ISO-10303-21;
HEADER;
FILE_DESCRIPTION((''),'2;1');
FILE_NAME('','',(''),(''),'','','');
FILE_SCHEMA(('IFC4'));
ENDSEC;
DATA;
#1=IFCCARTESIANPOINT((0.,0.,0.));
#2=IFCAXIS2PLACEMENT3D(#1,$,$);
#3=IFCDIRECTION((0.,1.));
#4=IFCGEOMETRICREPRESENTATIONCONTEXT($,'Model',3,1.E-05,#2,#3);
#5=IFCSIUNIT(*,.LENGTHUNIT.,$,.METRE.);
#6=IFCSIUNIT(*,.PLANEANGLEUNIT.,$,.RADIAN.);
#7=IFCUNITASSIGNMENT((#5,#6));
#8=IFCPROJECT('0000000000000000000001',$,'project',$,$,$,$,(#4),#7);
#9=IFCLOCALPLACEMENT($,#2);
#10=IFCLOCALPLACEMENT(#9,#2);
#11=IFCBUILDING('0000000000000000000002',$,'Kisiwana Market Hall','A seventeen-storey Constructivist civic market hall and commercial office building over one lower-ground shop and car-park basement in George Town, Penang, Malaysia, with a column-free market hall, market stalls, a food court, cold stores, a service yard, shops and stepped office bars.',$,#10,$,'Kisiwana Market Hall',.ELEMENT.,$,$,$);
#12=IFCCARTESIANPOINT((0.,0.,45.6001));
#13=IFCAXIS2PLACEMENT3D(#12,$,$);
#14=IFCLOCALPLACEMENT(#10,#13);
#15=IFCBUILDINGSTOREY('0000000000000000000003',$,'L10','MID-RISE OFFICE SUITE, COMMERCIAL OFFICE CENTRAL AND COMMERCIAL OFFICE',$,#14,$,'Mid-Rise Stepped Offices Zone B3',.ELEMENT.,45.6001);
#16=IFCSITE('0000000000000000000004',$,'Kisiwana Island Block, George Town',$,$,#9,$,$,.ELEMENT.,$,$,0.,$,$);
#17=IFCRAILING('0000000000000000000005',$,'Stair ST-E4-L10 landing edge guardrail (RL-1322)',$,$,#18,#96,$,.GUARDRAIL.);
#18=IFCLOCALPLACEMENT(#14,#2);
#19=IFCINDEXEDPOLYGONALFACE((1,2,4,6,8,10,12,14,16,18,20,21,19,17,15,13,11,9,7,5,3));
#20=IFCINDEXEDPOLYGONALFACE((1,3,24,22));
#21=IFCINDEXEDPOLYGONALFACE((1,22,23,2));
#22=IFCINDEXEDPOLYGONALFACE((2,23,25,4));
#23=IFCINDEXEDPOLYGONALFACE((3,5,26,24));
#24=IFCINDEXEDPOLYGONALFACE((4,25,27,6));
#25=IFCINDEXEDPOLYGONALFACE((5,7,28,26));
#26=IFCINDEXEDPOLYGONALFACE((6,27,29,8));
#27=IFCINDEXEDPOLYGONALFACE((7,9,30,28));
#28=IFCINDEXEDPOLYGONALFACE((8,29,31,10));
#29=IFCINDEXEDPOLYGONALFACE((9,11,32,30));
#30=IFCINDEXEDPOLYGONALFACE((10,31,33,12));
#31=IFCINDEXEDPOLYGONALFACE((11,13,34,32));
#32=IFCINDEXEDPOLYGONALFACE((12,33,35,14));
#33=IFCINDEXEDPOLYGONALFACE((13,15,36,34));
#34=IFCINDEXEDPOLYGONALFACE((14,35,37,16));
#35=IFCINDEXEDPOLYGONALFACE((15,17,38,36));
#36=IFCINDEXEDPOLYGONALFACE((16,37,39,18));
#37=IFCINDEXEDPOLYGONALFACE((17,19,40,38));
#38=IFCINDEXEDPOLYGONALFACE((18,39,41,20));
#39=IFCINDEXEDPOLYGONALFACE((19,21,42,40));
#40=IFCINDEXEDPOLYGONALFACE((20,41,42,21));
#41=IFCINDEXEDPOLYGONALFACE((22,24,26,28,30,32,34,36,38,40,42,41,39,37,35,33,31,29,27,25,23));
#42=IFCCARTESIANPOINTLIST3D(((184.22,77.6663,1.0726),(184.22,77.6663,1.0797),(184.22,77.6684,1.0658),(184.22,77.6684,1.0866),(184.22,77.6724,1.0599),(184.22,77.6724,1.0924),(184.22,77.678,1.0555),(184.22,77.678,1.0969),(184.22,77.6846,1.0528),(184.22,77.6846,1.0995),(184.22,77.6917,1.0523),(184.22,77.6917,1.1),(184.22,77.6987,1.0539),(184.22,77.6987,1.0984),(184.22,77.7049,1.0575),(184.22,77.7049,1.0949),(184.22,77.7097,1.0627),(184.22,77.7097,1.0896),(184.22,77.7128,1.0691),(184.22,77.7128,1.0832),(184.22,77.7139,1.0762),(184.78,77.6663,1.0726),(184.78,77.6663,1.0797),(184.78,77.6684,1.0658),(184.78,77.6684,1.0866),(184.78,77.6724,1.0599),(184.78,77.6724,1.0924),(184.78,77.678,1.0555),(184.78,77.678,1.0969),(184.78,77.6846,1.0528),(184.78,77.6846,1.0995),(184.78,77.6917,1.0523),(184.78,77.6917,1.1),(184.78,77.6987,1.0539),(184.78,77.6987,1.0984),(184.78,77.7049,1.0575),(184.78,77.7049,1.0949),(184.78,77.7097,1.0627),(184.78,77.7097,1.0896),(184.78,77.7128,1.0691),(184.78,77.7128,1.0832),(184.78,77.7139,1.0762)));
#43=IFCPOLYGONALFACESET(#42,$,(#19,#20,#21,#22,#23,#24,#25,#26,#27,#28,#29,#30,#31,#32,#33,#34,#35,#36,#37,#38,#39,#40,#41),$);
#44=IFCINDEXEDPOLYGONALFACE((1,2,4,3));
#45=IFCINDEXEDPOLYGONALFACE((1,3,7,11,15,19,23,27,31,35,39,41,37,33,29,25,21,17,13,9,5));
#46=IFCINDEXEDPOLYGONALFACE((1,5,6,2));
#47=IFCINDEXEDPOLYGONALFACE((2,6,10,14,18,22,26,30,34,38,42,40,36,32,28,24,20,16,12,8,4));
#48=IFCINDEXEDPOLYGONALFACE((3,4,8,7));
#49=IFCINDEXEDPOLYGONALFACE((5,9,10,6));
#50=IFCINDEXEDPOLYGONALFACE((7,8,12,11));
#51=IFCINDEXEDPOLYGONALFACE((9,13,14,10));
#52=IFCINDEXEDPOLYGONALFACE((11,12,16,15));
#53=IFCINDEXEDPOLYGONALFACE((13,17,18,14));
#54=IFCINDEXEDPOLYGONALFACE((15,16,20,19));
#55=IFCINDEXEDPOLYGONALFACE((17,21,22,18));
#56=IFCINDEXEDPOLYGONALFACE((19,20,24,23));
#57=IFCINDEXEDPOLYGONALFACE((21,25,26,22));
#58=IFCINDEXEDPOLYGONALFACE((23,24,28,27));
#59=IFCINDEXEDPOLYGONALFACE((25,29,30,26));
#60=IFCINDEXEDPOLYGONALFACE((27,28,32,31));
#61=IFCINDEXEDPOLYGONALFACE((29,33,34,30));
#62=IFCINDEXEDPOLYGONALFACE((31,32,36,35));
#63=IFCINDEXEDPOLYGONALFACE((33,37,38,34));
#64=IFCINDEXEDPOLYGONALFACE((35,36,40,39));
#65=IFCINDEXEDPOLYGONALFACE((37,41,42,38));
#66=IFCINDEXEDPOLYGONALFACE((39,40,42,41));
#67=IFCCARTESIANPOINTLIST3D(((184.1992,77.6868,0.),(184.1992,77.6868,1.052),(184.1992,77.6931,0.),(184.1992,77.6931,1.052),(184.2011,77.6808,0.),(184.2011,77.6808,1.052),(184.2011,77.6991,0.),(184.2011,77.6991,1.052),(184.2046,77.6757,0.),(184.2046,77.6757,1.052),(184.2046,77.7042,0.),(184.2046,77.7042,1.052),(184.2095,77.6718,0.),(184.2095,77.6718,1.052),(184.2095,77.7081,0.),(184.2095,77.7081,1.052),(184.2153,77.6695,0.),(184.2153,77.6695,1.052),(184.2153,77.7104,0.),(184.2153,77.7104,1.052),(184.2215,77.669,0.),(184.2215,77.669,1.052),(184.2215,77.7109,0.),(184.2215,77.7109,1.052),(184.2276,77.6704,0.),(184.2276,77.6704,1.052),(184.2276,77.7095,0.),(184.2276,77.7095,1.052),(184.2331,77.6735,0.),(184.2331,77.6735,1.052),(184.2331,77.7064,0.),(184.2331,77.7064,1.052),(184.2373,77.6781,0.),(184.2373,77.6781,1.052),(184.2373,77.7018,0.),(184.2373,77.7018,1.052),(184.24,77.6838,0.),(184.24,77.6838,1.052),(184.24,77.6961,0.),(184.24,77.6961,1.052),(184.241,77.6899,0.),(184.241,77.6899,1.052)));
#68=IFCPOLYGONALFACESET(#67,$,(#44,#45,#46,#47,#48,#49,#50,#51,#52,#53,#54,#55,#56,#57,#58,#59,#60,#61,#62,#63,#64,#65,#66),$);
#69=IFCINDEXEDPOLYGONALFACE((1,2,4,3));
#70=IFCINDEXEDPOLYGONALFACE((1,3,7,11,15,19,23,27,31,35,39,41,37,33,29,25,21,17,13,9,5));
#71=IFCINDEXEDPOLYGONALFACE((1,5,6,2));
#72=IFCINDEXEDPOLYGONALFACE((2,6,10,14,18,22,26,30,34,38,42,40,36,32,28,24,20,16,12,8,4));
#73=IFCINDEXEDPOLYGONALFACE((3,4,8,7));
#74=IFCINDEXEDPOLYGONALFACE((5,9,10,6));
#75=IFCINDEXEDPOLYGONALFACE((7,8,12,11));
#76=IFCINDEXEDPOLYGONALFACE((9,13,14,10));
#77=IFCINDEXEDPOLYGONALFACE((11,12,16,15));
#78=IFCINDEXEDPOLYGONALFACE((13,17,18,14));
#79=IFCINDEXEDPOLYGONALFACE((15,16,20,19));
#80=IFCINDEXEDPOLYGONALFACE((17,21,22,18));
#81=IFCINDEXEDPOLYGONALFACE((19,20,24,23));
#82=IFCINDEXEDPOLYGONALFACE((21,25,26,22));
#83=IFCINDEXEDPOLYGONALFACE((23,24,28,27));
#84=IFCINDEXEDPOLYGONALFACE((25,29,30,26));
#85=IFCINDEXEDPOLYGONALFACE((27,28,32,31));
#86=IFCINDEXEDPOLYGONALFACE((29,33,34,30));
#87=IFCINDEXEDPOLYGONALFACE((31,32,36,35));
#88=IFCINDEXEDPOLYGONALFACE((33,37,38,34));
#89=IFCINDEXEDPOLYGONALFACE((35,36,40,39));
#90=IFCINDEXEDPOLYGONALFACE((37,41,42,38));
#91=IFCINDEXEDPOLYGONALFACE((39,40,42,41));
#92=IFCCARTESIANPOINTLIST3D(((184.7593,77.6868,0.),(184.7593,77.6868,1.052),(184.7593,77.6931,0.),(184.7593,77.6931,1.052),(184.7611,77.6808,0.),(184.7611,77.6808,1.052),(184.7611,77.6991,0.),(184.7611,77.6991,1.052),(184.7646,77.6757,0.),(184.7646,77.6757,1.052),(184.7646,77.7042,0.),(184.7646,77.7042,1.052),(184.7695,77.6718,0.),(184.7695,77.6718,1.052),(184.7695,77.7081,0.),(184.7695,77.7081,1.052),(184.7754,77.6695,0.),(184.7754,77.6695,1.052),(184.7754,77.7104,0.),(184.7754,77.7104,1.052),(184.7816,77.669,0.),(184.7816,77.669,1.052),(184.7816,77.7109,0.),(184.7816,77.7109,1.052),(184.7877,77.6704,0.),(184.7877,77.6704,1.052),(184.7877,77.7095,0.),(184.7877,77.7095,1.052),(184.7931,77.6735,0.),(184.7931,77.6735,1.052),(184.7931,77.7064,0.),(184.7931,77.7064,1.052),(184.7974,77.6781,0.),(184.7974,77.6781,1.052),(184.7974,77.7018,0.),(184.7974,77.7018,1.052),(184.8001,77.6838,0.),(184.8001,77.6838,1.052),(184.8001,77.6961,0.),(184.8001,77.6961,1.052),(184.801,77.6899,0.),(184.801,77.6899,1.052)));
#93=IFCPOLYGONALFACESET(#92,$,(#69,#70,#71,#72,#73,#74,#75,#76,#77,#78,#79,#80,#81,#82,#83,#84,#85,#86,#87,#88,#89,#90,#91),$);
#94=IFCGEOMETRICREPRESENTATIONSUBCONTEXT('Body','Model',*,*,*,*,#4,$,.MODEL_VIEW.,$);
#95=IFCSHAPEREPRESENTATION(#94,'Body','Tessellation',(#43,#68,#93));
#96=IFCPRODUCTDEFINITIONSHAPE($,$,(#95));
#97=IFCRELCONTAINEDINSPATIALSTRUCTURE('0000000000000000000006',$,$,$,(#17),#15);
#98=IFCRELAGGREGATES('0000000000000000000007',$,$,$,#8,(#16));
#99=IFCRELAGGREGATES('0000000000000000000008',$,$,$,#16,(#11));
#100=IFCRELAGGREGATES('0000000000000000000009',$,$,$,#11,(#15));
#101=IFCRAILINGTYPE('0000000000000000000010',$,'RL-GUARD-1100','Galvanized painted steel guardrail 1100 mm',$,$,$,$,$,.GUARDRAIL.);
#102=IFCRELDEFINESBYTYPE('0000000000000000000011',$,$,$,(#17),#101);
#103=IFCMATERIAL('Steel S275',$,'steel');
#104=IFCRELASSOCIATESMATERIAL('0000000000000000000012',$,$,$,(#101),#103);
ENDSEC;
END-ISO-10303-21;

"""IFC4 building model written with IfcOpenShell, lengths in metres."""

from ifc_helpers import new_model, si_unit, direction, frame, origin, origin_2d, place, context, subcontext, project, spatial, circle, extrude, material, type_object, element, save


model = new_model("IFC4")

# Units and contexts
model_context = context("Model", 3, precision=1e-05, world=origin(), true_north=direction((0.0, 1.0)))
body_context = subcontext(model_context, "Body", "Model", "MODEL_VIEW")
ifc_project = project(units=[si_unit("LENGTHUNIT", "METRE"), si_unit("PLANEANGLEUNIT", "RADIAN")], contexts=[model_context])

# Site, building, storey
site_placement = place(None, origin())
site = spatial("IfcSite", under=ifc_project, at=site_placement, Name="Kisiwana Island Block, George Town", CompositionType="ELEMENT", RefElevation=0.0)
building_placement = place(site_placement, origin())
building = spatial("IfcBuilding", under=site, at=building_placement, Name="Kisiwana Market Hall", Description="A seventeen-storey Constructivist civic market hall and commercial office building over one lower-ground shop and car-park basement in George Town, Penang, Malaysia, with a column-free market hall, market stalls, a food court, cold stores, a service yard, shops and stepped office bars.", LongName="Kisiwana Market Hall", CompositionType="ELEMENT")
storey_placement = place(building_placement, frame((0.0, 0.0, 45.6001)))
storey = spatial("IfcBuildingStorey", under=building, at=storey_placement, Name="L10", Description="MID-RISE OFFICE SUITE, COMMERCIAL OFFICE CENTRAL AND COMMERCIAL OFFICE", LongName="Mid-Rise Stepped Offices Zone B3", CompositionType="ELEMENT", Elevation=45.6001)

# Railing
ifc_material_1 = material(Name="Steel S275", Category="steel")
railing_type_1 = type_object("IfcRailingType", Name="RL-GUARD-1100", Description="Galvanized painted steel guardrail 1100 mm", PredefinedType="GUARDRAIL", material=ifc_material_1)
railing_1_placement = place(storey_placement, frame((184.22, 77.6899, 0.0)))
element("IfcRailing", 1, at=railing_1_placement, inside=storey, type_object=railing_type_1, Name="Stair ST-E4-L10 landing edge guardrail (RL-1322)", PredefinedType="GUARDRAIL", context=body_context, shape_type="SweptSolid", body=[
    extrude(circle(Radius=0.0239, at=origin_2d()), frame((0.0, 0.0, 1.0762), z_axis=(1.0, 0.0, 0.0), x_axis=(0.0, 1.0, 0.0)), (0.0, 0.0, 1.0), 0.5601),
    extrude(circle(Radius=0.021, at=origin_2d()), origin(), (0.0, 0.0, 1.0), 1.052),
    extrude(circle(Radius=0.021, at=origin_2d()), frame((0.5601, 0.0, 0.0)), (0.0, 0.0, 1.0), 1.052),
])

save(model, "model.ifc")
